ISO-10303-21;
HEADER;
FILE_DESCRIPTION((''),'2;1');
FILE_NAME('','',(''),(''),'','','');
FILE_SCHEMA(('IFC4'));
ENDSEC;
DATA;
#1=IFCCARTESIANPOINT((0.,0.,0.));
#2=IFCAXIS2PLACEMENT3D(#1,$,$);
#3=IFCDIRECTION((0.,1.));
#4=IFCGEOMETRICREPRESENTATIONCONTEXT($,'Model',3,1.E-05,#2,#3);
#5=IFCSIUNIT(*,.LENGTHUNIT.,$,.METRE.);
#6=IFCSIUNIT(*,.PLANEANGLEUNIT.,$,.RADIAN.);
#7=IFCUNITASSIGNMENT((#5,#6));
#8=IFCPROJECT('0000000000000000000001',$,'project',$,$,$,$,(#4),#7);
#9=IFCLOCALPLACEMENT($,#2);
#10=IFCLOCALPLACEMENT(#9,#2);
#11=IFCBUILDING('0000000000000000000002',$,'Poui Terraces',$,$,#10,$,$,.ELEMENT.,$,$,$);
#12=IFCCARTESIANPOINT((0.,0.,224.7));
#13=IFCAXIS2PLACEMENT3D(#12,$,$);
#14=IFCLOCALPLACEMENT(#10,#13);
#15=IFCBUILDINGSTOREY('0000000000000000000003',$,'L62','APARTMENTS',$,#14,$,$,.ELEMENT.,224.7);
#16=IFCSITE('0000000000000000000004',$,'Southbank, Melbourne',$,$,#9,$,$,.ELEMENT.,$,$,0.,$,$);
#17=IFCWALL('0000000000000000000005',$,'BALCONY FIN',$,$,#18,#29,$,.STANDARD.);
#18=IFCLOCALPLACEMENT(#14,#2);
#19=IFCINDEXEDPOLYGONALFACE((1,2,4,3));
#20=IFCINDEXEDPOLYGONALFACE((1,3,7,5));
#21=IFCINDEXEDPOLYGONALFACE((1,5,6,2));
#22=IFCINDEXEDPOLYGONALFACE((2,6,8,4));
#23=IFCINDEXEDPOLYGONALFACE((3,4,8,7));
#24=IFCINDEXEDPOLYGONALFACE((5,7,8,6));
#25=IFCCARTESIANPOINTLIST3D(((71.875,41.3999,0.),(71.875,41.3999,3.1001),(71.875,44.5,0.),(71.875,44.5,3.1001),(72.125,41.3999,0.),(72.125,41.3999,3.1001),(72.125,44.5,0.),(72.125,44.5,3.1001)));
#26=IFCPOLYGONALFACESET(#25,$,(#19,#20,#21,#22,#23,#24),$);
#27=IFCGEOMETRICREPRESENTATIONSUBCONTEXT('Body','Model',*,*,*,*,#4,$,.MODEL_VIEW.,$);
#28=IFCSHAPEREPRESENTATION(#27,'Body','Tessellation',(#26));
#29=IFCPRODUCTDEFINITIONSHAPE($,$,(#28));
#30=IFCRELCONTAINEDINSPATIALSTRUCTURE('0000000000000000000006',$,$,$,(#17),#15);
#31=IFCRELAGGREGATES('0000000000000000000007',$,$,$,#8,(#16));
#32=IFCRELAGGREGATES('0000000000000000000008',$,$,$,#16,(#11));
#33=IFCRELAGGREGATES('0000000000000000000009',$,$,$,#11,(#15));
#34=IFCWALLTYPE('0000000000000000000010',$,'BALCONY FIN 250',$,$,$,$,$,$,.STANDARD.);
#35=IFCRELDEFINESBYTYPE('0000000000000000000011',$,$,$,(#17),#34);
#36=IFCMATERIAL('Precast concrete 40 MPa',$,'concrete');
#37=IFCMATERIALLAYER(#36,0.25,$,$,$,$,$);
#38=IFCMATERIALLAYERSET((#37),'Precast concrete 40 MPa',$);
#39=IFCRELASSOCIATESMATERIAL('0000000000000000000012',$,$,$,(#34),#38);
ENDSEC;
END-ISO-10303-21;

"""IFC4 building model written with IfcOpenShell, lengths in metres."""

from ifc_helpers import new_model, si_unit, direction, frame, origin, place, context, subcontext, project, spatial, polyline, outline, extrude, source, transform, mapped, material, layer, layer_set, type_object, element, save


model = new_model("IFC4")

# Units and contexts
model_context = context("Model", 3, precision=1e-05, world=origin(), true_north=direction((0.0, 1.0)))
body_context = subcontext(model_context, "Body", "Model", "MODEL_VIEW")
ifc_project = project(units=[si_unit("LENGTHUNIT", "METRE"), si_unit("PLANEANGLEUNIT", "RADIAN")], contexts=[model_context])

# Site, building, storey
site_placement = place(None, origin())
site = spatial("IfcSite", under=ifc_project, at=site_placement, Name="Southbank, Melbourne", CompositionType="ELEMENT", RefElevation=0.0)
building_placement = place(site_placement, origin())
building = spatial("IfcBuilding", under=site, at=building_placement, Name="Poui Terraces", CompositionType="ELEMENT")
storey_placement = place(building_placement, frame((0.0, 0.0, 224.7)))
storey = spatial("IfcBuildingStorey", under=building, at=storey_placement, Name="L62", Description="APARTMENTS", CompositionType="ELEMENT", Elevation=224.7)

# Wall
ifc_material_1 = material(Name="Precast concrete 40 MPa", Category="concrete")
ifc_layer = layer(ifc_material_1, 0.25)
ifc_layer_set = layer_set([ifc_layer], Name="Precast concrete 40 MPa")
wall_type = type_object("IfcWallType", Name="BALCONY FIN 250", PredefinedType="STANDARD", material=ifc_layer_set)
shared_shape = source(origin(), body_context, "Body", "SweptSolid", [
    extrude(outline(polyline([(0.0, 0.0), (0.25, 0.0), (0.25, 3.1001), (0.0, 3.1001), (0.0, 0.0)])), origin(), (0.0, 0.0, 1.0), 3.1001),
])
wall_placement = place(storey_placement, frame((71.875, 41.3999, 0.0)))
element("IfcWall", 1, at=wall_placement, inside=storey, type_object=wall_type, Name="BALCONY FIN", PredefinedType="STANDARD", context=body_context, shape_type="MappedRepresentation", body=[
    mapped(shared_shape, transform((0.0, 0.0, 0.0))),
])

save(model, "model.ifc")
